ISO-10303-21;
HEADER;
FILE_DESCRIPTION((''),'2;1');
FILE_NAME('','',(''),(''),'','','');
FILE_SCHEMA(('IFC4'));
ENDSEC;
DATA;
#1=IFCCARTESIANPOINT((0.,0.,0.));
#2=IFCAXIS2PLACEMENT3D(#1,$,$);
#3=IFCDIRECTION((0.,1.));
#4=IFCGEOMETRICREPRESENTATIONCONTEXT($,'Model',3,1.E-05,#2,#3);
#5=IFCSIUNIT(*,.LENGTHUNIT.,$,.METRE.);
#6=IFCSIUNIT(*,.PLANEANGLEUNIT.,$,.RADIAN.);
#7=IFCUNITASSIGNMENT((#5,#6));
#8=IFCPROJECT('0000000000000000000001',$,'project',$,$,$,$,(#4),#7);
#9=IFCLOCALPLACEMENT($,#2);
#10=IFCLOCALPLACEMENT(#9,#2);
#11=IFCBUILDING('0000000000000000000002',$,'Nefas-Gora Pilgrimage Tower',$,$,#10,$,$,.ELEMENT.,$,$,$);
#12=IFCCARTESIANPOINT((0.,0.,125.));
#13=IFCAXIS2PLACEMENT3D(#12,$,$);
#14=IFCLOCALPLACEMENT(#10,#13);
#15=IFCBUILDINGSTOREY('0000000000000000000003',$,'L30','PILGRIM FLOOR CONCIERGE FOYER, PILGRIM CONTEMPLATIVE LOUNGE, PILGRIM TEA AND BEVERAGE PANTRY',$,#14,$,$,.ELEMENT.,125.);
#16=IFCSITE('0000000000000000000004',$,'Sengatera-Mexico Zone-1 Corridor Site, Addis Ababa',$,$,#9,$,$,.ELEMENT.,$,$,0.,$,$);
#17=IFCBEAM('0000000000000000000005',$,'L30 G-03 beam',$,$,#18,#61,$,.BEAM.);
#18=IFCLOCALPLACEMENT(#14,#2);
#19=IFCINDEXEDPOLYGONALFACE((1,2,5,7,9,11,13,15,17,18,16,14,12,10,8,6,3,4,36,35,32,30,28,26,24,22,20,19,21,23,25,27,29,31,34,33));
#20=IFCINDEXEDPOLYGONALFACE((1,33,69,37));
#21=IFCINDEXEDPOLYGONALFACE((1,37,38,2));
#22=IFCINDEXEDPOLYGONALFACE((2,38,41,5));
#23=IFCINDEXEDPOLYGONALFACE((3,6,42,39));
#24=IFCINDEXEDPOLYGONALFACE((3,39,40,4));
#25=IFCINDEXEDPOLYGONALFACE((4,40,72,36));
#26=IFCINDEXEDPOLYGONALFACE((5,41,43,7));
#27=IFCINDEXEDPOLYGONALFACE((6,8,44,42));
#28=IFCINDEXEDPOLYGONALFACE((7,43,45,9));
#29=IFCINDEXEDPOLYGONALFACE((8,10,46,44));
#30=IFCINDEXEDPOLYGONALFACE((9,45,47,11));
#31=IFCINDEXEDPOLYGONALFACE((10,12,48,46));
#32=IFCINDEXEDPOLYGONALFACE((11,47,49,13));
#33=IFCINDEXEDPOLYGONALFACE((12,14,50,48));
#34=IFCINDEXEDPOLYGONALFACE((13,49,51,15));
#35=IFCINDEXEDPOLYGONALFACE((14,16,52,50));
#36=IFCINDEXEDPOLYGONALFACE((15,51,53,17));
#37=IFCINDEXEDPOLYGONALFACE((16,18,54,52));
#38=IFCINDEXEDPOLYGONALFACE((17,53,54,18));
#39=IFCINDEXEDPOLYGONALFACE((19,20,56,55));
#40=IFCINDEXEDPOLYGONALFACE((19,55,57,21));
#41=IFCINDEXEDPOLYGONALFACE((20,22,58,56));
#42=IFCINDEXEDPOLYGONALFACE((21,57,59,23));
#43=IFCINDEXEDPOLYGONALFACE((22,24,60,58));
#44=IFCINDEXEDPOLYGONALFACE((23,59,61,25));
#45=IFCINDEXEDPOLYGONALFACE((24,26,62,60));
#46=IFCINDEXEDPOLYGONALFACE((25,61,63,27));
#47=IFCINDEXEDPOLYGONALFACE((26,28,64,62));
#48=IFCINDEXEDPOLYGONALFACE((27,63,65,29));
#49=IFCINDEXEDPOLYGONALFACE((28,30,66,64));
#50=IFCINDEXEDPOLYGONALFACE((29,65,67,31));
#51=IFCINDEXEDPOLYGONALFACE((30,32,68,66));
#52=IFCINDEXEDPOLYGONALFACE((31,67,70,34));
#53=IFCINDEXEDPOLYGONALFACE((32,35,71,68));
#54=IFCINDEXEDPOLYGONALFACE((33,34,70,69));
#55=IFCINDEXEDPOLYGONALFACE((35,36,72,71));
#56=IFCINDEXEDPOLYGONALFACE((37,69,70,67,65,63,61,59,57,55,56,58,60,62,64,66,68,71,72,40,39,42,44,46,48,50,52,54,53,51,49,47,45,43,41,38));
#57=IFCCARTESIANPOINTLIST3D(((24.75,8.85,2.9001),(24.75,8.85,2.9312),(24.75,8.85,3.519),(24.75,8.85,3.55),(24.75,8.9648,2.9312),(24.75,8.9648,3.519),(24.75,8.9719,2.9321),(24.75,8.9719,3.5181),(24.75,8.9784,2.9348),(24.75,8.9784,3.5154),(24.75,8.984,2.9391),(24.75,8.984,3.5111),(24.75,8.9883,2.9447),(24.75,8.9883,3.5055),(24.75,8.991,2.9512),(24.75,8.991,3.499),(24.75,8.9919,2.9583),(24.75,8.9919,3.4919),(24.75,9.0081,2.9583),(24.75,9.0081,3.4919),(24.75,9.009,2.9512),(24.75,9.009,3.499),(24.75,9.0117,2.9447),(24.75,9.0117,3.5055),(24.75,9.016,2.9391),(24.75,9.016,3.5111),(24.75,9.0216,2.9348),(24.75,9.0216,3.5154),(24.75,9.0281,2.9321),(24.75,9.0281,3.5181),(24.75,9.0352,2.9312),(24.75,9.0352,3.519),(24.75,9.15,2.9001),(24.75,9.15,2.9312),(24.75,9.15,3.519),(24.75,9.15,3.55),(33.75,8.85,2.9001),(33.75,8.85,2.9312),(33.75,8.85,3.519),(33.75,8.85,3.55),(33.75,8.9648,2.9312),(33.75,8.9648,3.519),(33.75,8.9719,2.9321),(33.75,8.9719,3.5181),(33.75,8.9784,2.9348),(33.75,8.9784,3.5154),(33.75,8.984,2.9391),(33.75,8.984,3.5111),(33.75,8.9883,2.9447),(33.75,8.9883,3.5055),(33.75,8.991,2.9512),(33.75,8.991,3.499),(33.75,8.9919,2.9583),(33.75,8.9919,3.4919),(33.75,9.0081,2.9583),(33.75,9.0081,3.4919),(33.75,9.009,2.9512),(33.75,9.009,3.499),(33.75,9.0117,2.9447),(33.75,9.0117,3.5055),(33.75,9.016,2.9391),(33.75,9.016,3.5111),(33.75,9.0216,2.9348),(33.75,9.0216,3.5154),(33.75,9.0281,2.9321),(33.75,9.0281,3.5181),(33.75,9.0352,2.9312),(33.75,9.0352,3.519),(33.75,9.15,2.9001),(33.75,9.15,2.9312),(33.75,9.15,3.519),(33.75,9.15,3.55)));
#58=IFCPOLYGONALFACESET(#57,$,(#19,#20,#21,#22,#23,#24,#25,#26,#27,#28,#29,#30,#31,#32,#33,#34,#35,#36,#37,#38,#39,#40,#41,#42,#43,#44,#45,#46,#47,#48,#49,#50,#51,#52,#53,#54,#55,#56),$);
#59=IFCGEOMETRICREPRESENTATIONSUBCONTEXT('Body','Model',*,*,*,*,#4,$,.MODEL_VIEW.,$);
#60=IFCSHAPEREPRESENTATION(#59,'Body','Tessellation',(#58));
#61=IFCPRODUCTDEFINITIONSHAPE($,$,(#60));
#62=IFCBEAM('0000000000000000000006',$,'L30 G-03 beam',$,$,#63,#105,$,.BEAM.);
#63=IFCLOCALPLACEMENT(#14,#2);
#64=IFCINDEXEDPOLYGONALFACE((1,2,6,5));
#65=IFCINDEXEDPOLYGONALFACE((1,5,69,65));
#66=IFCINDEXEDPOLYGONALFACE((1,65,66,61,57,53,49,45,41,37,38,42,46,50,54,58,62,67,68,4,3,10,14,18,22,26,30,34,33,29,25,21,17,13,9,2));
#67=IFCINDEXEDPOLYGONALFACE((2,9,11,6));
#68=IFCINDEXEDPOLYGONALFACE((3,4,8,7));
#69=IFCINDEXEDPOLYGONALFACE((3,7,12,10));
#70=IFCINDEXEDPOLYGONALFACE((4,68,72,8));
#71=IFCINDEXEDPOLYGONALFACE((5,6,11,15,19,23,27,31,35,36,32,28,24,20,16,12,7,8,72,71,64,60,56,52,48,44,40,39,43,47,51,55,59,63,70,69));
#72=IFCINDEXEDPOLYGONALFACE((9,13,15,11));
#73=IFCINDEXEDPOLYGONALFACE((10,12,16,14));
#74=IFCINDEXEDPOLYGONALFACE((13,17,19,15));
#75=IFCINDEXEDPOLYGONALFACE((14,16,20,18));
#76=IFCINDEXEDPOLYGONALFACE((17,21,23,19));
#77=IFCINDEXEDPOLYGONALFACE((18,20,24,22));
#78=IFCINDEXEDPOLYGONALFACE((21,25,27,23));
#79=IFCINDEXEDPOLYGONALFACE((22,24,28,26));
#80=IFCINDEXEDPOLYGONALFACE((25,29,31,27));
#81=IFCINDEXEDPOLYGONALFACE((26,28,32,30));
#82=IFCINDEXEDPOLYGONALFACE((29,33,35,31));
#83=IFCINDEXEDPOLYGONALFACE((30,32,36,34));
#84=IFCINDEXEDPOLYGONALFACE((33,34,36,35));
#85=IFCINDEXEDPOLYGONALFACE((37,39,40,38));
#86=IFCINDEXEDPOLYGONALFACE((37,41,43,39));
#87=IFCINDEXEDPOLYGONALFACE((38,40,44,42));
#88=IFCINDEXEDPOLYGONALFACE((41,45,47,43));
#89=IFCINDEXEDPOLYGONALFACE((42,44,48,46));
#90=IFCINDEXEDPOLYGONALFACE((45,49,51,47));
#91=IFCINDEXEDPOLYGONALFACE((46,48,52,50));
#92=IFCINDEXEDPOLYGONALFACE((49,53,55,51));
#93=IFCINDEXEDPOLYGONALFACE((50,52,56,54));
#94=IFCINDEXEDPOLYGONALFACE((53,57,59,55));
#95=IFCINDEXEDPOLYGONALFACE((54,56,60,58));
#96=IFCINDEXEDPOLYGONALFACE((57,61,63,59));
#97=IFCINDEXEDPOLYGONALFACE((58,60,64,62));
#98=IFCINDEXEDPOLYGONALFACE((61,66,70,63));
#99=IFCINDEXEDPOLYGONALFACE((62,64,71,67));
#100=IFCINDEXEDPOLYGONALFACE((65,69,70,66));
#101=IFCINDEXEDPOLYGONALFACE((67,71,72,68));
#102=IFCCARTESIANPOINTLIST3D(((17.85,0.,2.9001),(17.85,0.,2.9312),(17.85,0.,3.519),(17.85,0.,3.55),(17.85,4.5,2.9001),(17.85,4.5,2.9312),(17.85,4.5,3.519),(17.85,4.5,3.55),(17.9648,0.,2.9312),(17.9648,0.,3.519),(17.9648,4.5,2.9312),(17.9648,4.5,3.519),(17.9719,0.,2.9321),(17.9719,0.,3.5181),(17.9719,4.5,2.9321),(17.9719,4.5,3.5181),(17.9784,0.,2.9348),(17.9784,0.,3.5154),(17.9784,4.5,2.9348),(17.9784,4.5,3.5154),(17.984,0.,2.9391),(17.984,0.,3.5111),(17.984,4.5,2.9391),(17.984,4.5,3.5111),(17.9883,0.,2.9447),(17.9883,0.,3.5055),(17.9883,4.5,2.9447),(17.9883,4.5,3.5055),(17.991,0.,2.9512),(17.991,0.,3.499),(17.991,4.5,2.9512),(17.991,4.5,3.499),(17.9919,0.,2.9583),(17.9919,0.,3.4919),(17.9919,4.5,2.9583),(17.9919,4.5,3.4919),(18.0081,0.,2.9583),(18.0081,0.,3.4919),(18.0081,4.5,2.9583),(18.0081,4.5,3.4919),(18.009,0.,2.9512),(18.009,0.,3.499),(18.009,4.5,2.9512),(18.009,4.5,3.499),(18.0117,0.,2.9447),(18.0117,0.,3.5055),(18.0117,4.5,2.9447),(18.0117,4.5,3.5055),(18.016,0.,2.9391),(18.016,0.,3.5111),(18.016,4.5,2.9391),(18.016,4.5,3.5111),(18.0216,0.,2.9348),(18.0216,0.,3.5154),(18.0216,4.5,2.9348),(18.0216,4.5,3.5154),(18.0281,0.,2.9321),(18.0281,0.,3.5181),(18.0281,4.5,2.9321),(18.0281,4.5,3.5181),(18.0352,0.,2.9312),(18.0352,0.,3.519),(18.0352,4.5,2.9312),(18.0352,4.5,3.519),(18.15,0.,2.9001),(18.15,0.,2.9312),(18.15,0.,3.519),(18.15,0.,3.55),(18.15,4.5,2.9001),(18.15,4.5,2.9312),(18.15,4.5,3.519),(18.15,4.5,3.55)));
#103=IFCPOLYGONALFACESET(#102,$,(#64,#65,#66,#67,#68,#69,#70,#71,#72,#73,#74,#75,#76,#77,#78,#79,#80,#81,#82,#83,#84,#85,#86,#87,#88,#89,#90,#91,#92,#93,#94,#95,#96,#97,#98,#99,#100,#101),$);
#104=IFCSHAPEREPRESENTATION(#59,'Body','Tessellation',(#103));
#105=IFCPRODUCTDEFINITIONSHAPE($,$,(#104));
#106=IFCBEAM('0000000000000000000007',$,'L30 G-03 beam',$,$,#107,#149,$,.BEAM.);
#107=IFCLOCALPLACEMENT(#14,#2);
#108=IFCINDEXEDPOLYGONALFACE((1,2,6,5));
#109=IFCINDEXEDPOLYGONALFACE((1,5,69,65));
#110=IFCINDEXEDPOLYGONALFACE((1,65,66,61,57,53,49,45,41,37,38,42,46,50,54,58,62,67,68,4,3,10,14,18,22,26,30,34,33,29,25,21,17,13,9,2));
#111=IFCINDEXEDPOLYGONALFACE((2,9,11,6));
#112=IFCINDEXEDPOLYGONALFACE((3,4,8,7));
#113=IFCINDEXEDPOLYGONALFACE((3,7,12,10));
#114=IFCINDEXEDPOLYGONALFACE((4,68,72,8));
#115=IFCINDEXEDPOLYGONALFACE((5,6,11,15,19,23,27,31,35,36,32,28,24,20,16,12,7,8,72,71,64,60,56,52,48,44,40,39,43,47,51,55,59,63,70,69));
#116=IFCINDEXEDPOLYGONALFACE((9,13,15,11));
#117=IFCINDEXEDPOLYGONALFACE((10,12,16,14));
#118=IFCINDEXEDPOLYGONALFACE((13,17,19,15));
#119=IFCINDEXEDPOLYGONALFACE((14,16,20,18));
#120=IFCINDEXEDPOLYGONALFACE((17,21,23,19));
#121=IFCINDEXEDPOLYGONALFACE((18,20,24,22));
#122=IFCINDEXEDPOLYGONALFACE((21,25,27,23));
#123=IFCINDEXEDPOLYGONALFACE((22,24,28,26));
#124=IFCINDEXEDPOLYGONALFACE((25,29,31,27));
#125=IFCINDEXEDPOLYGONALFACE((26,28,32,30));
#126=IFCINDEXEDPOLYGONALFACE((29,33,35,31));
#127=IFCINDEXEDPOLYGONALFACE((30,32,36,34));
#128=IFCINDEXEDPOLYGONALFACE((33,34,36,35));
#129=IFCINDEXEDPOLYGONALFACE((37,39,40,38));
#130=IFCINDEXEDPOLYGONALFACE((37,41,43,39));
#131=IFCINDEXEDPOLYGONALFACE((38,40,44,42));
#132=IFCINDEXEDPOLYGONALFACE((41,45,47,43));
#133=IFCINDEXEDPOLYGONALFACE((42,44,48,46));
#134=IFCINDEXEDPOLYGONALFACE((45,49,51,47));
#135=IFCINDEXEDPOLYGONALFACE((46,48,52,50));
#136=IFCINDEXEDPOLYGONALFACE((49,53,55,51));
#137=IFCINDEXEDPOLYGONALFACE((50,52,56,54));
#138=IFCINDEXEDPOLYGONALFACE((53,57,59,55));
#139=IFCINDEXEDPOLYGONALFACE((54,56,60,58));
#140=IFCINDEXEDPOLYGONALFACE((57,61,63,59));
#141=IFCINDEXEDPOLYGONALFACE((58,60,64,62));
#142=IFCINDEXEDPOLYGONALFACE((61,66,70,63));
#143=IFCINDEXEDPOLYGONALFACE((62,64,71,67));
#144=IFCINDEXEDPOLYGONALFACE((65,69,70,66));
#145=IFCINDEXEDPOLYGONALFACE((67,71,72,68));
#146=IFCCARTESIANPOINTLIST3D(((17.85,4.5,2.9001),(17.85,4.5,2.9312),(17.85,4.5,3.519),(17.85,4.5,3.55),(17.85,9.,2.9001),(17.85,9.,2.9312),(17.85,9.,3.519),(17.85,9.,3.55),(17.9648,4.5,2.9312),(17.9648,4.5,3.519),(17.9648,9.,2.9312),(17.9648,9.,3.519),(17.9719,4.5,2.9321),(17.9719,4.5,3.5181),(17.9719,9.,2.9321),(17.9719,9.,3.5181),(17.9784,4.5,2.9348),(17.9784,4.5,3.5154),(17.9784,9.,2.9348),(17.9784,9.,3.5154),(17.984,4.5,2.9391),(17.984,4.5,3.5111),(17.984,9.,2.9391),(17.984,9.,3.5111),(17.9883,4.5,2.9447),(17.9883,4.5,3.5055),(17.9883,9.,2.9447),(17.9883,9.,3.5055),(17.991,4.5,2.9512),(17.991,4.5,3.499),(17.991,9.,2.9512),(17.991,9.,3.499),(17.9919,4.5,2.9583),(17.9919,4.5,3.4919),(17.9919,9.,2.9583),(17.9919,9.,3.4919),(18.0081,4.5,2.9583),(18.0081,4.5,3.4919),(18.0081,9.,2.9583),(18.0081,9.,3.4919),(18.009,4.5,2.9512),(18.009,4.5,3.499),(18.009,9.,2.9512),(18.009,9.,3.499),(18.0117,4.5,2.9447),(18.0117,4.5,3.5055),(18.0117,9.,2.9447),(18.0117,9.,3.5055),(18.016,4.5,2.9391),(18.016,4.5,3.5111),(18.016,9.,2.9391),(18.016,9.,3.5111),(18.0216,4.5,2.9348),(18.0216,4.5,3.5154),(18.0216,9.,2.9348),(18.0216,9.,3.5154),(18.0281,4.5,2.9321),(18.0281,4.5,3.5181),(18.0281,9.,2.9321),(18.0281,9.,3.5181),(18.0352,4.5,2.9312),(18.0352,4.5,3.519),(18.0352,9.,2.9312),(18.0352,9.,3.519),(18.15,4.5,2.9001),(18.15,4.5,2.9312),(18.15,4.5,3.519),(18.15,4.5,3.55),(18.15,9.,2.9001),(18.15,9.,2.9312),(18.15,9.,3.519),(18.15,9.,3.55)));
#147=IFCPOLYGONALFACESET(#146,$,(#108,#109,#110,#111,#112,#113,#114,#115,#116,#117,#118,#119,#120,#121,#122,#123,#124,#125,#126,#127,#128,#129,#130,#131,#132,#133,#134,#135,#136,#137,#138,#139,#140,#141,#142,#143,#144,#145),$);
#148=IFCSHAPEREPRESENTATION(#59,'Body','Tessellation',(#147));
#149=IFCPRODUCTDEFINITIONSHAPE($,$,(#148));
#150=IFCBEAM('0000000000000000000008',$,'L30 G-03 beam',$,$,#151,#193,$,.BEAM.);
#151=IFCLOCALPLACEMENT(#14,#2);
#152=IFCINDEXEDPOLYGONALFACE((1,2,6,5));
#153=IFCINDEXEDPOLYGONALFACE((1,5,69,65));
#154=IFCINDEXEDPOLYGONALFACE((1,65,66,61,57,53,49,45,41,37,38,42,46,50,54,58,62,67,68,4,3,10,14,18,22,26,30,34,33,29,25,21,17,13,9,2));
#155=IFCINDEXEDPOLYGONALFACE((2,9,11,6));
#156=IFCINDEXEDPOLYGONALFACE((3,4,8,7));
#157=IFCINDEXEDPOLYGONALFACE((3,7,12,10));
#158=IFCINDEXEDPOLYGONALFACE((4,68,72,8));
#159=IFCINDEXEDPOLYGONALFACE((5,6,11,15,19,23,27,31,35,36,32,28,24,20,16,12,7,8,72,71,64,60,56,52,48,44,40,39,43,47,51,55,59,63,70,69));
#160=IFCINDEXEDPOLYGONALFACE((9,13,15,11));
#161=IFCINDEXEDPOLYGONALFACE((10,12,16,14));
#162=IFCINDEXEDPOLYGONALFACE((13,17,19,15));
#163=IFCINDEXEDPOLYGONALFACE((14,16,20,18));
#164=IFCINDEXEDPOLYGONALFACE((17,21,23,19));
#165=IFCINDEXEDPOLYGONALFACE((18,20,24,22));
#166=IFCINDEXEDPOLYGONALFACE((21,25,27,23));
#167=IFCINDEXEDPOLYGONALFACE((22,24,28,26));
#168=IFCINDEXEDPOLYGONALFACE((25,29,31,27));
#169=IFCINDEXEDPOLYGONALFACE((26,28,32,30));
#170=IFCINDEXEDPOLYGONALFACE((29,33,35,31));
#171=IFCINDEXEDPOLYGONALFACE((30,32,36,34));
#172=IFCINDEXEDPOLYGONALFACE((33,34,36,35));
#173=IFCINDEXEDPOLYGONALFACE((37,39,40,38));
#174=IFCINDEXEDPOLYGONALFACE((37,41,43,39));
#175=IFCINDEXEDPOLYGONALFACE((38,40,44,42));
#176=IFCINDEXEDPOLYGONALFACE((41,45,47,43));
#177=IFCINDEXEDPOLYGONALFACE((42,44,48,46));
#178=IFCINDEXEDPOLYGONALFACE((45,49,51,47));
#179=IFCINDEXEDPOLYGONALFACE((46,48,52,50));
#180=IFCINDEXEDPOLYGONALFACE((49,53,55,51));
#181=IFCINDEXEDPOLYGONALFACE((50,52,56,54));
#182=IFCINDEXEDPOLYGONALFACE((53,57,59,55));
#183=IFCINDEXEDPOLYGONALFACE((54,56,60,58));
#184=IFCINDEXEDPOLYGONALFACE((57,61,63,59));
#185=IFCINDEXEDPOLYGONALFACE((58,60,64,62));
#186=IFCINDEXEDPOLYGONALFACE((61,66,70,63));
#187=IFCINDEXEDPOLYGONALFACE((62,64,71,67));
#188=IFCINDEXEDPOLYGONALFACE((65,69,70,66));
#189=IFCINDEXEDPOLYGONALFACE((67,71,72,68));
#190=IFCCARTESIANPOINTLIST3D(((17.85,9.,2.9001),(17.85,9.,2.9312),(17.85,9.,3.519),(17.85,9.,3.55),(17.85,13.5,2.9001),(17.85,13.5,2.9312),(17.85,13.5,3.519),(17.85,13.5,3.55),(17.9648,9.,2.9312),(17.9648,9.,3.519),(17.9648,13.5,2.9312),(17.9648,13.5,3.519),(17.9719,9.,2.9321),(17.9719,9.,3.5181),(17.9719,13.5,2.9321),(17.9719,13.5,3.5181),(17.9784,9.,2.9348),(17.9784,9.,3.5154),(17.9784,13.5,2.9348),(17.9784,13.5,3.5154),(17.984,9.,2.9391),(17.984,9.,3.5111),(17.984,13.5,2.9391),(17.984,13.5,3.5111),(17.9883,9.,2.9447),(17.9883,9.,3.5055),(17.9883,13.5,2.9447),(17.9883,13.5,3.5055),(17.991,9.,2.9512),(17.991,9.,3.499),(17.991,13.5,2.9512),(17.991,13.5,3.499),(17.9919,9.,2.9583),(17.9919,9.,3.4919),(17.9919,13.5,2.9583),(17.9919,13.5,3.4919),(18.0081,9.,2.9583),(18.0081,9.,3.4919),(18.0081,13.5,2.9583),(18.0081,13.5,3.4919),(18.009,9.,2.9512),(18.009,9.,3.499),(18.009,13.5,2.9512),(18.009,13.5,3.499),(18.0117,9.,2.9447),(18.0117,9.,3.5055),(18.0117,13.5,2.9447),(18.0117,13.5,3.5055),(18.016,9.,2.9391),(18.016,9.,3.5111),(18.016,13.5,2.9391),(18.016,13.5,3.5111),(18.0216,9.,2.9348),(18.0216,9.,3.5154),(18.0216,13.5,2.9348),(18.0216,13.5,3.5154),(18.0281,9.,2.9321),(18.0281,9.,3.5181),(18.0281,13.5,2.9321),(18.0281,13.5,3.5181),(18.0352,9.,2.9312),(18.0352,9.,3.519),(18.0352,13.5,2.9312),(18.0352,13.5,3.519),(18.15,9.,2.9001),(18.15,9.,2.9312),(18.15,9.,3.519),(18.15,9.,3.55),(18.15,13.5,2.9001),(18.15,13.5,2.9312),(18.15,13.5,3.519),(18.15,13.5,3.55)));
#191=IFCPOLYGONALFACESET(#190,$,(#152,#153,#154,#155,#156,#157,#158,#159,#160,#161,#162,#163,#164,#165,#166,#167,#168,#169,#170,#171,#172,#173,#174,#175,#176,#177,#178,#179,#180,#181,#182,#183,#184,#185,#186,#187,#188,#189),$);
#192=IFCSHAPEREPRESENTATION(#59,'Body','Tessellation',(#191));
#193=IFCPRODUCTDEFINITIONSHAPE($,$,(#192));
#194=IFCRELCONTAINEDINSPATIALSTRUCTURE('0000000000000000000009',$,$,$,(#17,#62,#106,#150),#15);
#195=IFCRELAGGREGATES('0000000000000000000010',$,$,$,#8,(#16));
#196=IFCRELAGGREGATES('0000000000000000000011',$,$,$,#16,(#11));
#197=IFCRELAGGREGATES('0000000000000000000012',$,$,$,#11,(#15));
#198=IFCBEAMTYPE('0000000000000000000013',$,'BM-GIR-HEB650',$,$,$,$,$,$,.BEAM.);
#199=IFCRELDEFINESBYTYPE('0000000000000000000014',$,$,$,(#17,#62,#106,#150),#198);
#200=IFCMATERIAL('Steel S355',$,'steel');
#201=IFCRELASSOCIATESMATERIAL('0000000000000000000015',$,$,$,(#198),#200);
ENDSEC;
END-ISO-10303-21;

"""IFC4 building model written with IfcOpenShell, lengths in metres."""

from ifc_helpers import new_model, si_unit, direction, frame, origin, origin_2d, place, context, subcontext, project, spatial, i_section, extrude, source, transform, mapped, material, material_profile, profile_set, type_object, element, save


model = new_model("IFC4")

# Units and contexts
model_context = context("Model", 3, precision=1e-05, world=origin(), true_north=direction((0.0, 1.0)))
body_context = subcontext(model_context, "Body", "Model", "MODEL_VIEW")
ifc_project = project(units=[si_unit("LENGTHUNIT", "METRE"), si_unit("PLANEANGLEUNIT", "RADIAN")], contexts=[model_context])

# Site, building, storey
site_placement = place(None, origin())
site = spatial("IfcSite", under=ifc_project, at=site_placement, Name="Sengatera-Mexico Zone-1 Corridor Site, Addis Ababa", CompositionType="ELEMENT", RefElevation=0.0)
building_placement = place(site_placement, origin())
building = spatial("IfcBuilding", under=site, at=building_placement, Name="Nefas-Gora Pilgrimage Tower", CompositionType="ELEMENT")
storey_placement = place(building_placement, frame((0.0, 0.0, 125.0)))
storey = spatial("IfcBuildingStorey", under=building, at=storey_placement, Name="L30", Description="PILGRIM FLOOR CONCIERGE FOYER, PILGRIM CONTEMPLATIVE LOUNGE, PILGRIM TEA AND BEVERAGE PANTRY", CompositionType="ELEMENT", Elevation=125.0)

# Beams
ifc_material_1 = material(Name="Steel S355", Category="steel")
ifc_material_profile_1 = material_profile(ifc_material_1, i_section(OverallWidth=0.3, OverallDepth=0.6499, WebThickness=0.0161, FlangeThickness=0.031, FilletRadius=0.0271, at=origin_2d()), Name="HEB 650")
ifc_profile_set_1 = profile_set([ifc_material_profile_1], Name="Steel S355")
beam_type_1 = type_object("IfcBeamType", Name="BM-GIR-HEB650", PredefinedType="BEAM", material=ifc_profile_set_1)
shared_shape_1 = source(origin(), body_context, "Body", "SweptSolid", [
    extrude(i_section(OverallWidth=0.3, OverallDepth=0.6499, WebThickness=0.0161, FlangeThickness=0.031, FilletRadius=0.0271, at=origin_2d()), origin(), (0.0, 0.0, 1.0), 9.0),
])
for number, where, z_axis, x_axis, name in (
    (1, (24.75, 9.0, 3.2251), (1.0, 0.0, 0.0), (0.0, 1.0, 0.0), "L30 G-03 beam"),
):
    element("IfcBeam", number, at=place(storey_placement, frame(where, z_axis=z_axis, x_axis=x_axis)), inside=storey, type_object=beam_type_1, Name=name, PredefinedType="BEAM", context=body_context, shape_type="MappedRepresentation", body=[
        mapped(shared_shape_1, transform((0.0, 0.0, 0.0), x_axis=(1.0, 0.0, 0.0), y_axis=(0.0, 1.0, 0.0), z_axis=(0.0, 0.0, 1.0), scale=1.0)),
    ])
shared_shape_2 = source(origin(), body_context, "Body", "SweptSolid", [
    extrude(i_section(OverallWidth=0.3, OverallDepth=0.6499, WebThickness=0.0161, FlangeThickness=0.031, FilletRadius=0.0271, at=origin_2d()), origin(), (0.0, 0.0, 1.0), 4.5),
])
for number, where, z_axis, x_axis, name in (
    (2, (18.0, 0.0, 3.2251), (0.0, 1.0, 0.0), (-1.0, 0.0, 0.0), "L30 G-03 beam"),
    (3, (18.0, 4.5, 3.2251), (0.0, 1.0, 0.0), (-1.0, 0.0, 0.0), "L30 G-03 beam"),
    (4, (18.0, 9.0, 3.2251), (0.0, 1.0, 0.0), (-1.0, 0.0, 0.0), "L30 G-03 beam"),
):
    element("IfcBeam", number, at=place(storey_placement, frame(where, z_axis=z_axis, x_axis=x_axis)), inside=storey, type_object=beam_type_1, Name=name, PredefinedType="BEAM", context=body_context, shape_type="MappedRepresentation", body=[
        mapped(shared_shape_2, transform((0.0, 0.0, 0.0), x_axis=(1.0, 0.0, 0.0), y_axis=(0.0, 1.0, 0.0), z_axis=(0.0, 0.0, 1.0), scale=1.0)),
    ])

save(model, "model.ifc")
